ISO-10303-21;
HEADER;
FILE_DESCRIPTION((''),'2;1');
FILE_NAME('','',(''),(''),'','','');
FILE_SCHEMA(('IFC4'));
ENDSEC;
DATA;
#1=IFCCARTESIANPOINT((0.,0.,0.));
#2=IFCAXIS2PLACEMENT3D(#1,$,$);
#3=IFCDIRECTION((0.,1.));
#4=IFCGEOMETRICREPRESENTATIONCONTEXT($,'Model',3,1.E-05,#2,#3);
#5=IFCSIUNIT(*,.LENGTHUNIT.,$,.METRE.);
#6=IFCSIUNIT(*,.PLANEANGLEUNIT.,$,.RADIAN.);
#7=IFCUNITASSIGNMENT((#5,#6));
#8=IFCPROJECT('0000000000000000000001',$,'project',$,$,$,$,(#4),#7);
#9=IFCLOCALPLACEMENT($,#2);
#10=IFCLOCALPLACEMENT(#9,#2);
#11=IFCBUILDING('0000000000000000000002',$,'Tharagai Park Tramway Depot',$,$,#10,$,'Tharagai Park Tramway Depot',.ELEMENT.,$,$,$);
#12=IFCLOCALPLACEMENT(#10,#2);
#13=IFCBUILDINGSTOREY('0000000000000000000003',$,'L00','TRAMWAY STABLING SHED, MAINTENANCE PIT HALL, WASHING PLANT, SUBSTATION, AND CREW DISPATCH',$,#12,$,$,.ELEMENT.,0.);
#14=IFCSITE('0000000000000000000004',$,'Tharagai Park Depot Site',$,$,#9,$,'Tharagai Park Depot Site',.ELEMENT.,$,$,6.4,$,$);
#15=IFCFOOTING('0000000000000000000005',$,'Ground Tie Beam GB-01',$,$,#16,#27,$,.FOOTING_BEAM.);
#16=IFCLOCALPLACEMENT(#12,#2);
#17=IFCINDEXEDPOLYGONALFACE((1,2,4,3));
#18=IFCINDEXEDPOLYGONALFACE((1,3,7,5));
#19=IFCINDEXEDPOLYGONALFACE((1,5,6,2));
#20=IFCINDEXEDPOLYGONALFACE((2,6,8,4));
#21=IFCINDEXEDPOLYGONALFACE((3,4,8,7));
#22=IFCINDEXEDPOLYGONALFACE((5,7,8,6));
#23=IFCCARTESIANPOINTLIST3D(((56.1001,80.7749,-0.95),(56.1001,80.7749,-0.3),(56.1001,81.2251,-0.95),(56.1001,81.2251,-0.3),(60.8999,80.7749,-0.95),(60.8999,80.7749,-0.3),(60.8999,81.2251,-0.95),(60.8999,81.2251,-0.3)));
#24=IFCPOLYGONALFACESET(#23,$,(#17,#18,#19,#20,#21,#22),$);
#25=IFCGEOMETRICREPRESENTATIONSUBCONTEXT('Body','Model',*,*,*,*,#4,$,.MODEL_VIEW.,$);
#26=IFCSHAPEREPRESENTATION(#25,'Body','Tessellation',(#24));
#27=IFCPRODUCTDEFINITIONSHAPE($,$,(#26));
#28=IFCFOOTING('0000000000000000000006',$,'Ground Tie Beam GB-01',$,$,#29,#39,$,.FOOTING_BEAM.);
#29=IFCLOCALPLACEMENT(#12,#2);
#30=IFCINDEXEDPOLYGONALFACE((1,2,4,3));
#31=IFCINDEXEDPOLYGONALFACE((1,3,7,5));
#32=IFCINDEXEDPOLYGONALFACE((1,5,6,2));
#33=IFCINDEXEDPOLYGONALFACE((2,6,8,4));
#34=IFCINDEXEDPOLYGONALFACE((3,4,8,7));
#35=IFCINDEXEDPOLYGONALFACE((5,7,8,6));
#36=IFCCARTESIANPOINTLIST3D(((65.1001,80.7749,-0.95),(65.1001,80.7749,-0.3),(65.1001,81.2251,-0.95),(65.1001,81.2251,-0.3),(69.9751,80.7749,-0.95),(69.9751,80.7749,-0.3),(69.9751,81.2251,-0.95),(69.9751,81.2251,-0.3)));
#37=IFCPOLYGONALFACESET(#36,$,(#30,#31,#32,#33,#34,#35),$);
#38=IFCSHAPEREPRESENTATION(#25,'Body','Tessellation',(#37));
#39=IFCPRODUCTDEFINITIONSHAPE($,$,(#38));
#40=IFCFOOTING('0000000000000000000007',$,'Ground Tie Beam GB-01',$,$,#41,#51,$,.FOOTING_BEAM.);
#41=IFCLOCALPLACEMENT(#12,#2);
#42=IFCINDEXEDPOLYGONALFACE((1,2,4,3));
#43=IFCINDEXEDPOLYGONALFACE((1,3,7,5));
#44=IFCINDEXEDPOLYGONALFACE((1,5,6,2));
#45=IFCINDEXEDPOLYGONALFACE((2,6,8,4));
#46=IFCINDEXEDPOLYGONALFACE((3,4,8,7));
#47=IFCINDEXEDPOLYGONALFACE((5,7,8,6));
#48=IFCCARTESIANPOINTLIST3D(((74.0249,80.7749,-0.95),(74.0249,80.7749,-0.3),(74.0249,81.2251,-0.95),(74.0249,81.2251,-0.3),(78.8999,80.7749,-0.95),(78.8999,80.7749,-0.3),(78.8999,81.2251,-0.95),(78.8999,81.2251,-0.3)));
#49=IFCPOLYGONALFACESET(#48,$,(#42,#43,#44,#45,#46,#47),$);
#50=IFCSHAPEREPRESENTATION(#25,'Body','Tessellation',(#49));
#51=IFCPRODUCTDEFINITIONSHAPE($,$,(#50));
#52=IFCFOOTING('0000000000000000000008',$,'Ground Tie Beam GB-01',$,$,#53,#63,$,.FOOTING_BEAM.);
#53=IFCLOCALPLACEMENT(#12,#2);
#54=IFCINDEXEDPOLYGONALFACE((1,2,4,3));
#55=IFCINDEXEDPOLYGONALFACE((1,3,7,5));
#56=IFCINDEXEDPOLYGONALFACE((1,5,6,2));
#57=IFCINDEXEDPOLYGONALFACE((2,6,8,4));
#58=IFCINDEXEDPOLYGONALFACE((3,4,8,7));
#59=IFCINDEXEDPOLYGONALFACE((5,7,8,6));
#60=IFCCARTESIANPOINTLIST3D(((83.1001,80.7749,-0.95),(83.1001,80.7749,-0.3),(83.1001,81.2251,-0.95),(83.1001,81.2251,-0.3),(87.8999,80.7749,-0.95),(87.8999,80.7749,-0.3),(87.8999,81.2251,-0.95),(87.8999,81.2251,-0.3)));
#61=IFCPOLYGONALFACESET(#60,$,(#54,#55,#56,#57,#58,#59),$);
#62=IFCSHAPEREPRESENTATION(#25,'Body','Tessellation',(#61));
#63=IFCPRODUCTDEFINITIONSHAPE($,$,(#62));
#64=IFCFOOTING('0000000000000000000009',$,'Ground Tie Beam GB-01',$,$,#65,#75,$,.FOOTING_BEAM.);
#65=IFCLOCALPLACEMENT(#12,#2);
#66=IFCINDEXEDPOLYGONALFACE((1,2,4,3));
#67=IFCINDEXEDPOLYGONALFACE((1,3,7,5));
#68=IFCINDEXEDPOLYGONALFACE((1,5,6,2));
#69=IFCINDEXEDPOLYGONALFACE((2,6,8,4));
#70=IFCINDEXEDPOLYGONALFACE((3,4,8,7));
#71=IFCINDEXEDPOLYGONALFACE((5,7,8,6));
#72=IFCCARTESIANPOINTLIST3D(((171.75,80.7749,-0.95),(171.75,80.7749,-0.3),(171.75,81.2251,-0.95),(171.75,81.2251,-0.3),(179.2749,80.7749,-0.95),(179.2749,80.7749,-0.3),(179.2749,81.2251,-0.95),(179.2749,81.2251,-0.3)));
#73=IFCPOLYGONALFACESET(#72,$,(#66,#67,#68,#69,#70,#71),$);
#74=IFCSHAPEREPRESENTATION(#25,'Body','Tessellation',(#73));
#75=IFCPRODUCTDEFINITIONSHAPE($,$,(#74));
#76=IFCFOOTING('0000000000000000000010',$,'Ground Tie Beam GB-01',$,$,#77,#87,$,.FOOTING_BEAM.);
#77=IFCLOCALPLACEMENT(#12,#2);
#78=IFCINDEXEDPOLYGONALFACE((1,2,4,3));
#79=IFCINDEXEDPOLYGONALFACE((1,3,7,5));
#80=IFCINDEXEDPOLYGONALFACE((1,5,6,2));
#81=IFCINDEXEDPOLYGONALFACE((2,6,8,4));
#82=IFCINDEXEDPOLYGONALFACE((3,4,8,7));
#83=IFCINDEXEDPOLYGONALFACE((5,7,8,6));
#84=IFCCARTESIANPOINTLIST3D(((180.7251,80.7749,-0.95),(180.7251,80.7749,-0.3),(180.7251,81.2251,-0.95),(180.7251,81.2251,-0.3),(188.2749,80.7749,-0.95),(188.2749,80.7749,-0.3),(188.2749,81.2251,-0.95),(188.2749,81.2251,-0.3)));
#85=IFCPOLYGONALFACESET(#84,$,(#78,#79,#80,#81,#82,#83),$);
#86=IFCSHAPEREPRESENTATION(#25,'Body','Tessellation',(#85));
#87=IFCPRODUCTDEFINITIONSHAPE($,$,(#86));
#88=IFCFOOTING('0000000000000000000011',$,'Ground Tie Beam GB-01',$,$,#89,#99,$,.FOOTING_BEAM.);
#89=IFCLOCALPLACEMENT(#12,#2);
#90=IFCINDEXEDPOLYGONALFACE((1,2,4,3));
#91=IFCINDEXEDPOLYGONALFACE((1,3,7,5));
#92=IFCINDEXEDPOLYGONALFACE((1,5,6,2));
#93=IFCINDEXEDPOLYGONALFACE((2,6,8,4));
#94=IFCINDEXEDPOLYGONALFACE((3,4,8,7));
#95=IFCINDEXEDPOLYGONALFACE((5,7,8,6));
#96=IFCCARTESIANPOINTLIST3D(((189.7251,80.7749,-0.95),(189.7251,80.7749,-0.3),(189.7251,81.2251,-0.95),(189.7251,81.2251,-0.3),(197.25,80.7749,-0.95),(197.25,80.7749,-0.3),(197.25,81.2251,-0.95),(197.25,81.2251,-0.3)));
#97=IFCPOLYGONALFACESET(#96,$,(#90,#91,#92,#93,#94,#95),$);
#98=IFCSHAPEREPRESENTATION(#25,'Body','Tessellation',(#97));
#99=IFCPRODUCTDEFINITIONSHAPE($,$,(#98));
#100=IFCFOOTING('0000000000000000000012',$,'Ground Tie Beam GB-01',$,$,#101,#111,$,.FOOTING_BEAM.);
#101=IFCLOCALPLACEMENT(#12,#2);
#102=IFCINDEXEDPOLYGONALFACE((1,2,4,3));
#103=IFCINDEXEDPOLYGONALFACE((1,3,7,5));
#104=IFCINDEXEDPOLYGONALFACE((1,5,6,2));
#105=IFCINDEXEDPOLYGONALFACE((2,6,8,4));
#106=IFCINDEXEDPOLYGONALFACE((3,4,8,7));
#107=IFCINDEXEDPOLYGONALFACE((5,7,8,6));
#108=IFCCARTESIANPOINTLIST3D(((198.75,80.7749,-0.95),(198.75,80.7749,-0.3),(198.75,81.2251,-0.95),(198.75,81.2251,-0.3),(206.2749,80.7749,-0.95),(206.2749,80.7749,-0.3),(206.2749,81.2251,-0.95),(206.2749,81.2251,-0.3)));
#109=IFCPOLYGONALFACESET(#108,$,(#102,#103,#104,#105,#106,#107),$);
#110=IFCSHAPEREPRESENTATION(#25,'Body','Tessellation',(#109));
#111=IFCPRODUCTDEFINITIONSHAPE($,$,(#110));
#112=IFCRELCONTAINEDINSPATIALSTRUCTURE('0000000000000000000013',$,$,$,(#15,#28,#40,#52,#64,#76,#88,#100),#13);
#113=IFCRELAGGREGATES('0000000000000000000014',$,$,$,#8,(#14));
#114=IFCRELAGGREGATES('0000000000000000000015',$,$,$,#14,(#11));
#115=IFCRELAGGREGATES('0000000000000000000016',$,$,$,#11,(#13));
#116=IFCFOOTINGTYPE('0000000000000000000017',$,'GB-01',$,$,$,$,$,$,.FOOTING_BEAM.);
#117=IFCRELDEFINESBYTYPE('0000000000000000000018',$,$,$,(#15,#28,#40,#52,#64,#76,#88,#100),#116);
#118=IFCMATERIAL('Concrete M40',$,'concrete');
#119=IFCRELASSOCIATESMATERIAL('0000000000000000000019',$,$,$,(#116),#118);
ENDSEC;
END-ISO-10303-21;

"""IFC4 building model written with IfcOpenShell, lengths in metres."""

from ifc_helpers import new_model, si_unit, direction, frame, origin, place, context, subcontext, project, spatial, polyline, outline, extrude, material, type_object, element, save


model = new_model("IFC4")

# Units and contexts
model_context = context("Model", 3, precision=1e-05, world=origin(), true_north=direction((0.0, 1.0)))
body_context = subcontext(model_context, "Body", "Model", "MODEL_VIEW")
ifc_project = project(units=[si_unit("LENGTHUNIT", "METRE"), si_unit("PLANEANGLEUNIT", "RADIAN")], contexts=[model_context])

# Site, building, storey
site_placement = place(None, origin())
site = spatial("IfcSite", under=ifc_project, at=site_placement, Name="Tharagai Park Depot Site", LongName="Tharagai Park Depot Site", CompositionType="ELEMENT", RefElevation=6.4)
building_placement = place(site_placement, origin())
building = spatial("IfcBuilding", under=site, at=building_placement, Name="Tharagai Park Tramway Depot", LongName="Tharagai Park Tramway Depot", CompositionType="ELEMENT")
storey_placement = place(building_placement, origin())
storey = spatial("IfcBuildingStorey", under=building, at=storey_placement, Name="L00", Description="TRAMWAY STABLING SHED, MAINTENANCE PIT HALL, WASHING PLANT, SUBSTATION, AND CREW DISPATCH", CompositionType="ELEMENT", Elevation=0.0)

# Footings
ifc_material = material(Name="Concrete M40", Category="concrete")
footing_type = type_object("IfcFootingType", Name="GB-01", PredefinedType="FOOTING_BEAM", material=ifc_material)
footing_1_placement = place(storey_placement, frame((0.0, 0.0, -0.95)))
element("IfcFooting", 1, at=footing_1_placement, inside=storey, type_object=footing_type, Name="Ground Tie Beam GB-01", PredefinedType="FOOTING_BEAM", context=body_context, shape_type="SweptSolid", body=[
    extrude(outline(polyline([(56.1001, 80.7749), (60.8999, 80.7749), (60.8999, 81.2251), (56.1001, 81.2251), (56.1001, 80.7749)])), origin(), (0.0, 0.0, 1.0), 0.6499),
])
footing_2_placement = place(storey_placement, frame((0.0, 0.0, -0.95)))
element("IfcFooting", 2, at=footing_2_placement, inside=storey, type_object=footing_type, Name="Ground Tie Beam GB-01", PredefinedType="FOOTING_BEAM", context=body_context, shape_type="SweptSolid", body=[
    extrude(outline(polyline([(65.1001, 80.7749), (69.9751, 80.7749), (69.9751, 81.2251), (65.1001, 81.2251), (65.1001, 80.7749)])), origin(), (0.0, 0.0, 1.0), 0.6499),
])
footing_3_placement = place(storey_placement, frame((0.0, 0.0, -0.95)))
element("IfcFooting", 3, at=footing_3_placement, inside=storey, type_object=footing_type, Name="Ground Tie Beam GB-01", PredefinedType="FOOTING_BEAM", context=body_context, shape_type="SweptSolid", body=[
    extrude(outline(polyline([(74.0249, 80.7749), (78.8999, 80.7749), (78.8999, 81.2251), (74.0249, 81.2251), (74.0249, 80.7749)])), origin(), (0.0, 0.0, 1.0), 0.6499),
])
footing_4_placement = place(storey_placement, frame((0.0, 0.0, -0.95)))
element("IfcFooting", 4, at=footing_4_placement, inside=storey, type_object=footing_type, Name="Ground Tie Beam GB-01", PredefinedType="FOOTING_BEAM", context=body_context, shape_type="SweptSolid", body=[
    extrude(outline(polyline([(83.1001, 80.7749), (87.8999, 80.7749), (87.8999, 81.2251), (83.1001, 81.2251), (83.1001, 80.7749)])), origin(), (0.0, 0.0, 1.0), 0.6499),
])
footing_5_placement = place(storey_placement, frame((0.0, 0.0, -0.95)))
element("IfcFooting", 5, at=footing_5_placement, inside=storey, type_object=footing_type, Name="Ground Tie Beam GB-01", PredefinedType="FOOTING_BEAM", context=body_context, shape_type="SweptSolid", body=[
    extrude(outline(polyline([(171.75, 80.7749), (179.2749, 80.7749), (179.2749, 81.2251), (171.75, 81.2251), (171.75, 80.7749)])), origin(), (0.0, 0.0, 1.0), 0.6499),
])
footing_6_placement = place(storey_placement, frame((0.0, 0.0, -0.95)))
element("IfcFooting", 6, at=footing_6_placement, inside=storey, type_object=footing_type, Name="Ground Tie Beam GB-01", PredefinedType="FOOTING_BEAM", context=body_context, shape_type="SweptSolid", body=[
    extrude(outline(polyline([(180.7251, 80.7749), (188.2749, 80.7749), (188.2749, 81.2251), (180.7251, 81.2251), (180.7251, 80.7749)])), origin(), (0.0, 0.0, 1.0), 0.6499),
])
footing_7_placement = place(storey_placement, frame((0.0, 0.0, -0.95)))
element("IfcFooting", 7, at=footing_7_placement, inside=storey, type_object=footing_type, Name="Ground Tie Beam GB-01", PredefinedType="FOOTING_BEAM", context=body_context, shape_type="SweptSolid", body=[
    extrude(outline(polyline([(189.7251, 80.7749), (197.25, 80.7749), (197.25, 81.2251), (189.7251, 81.2251), (189.7251, 80.7749)])), origin(), (0.0, 0.0, 1.0), 0.6499),
])
footing_8_placement = place(storey_placement, frame((0.0, 0.0, -0.95)))
element("IfcFooting", 8, at=footing_8_placement, inside=storey, type_object=footing_type, Name="Ground Tie Beam GB-01", PredefinedType="FOOTING_BEAM", context=body_context, shape_type="SweptSolid", body=[
    extrude(outline(polyline([(198.75, 80.7749), (206.2749, 80.7749), (206.2749, 81.2251), (198.75, 81.2251), (198.75, 80.7749)])), origin(), (0.0, 0.0, 1.0), 0.6499),
])

save(model, "model.ifc")
